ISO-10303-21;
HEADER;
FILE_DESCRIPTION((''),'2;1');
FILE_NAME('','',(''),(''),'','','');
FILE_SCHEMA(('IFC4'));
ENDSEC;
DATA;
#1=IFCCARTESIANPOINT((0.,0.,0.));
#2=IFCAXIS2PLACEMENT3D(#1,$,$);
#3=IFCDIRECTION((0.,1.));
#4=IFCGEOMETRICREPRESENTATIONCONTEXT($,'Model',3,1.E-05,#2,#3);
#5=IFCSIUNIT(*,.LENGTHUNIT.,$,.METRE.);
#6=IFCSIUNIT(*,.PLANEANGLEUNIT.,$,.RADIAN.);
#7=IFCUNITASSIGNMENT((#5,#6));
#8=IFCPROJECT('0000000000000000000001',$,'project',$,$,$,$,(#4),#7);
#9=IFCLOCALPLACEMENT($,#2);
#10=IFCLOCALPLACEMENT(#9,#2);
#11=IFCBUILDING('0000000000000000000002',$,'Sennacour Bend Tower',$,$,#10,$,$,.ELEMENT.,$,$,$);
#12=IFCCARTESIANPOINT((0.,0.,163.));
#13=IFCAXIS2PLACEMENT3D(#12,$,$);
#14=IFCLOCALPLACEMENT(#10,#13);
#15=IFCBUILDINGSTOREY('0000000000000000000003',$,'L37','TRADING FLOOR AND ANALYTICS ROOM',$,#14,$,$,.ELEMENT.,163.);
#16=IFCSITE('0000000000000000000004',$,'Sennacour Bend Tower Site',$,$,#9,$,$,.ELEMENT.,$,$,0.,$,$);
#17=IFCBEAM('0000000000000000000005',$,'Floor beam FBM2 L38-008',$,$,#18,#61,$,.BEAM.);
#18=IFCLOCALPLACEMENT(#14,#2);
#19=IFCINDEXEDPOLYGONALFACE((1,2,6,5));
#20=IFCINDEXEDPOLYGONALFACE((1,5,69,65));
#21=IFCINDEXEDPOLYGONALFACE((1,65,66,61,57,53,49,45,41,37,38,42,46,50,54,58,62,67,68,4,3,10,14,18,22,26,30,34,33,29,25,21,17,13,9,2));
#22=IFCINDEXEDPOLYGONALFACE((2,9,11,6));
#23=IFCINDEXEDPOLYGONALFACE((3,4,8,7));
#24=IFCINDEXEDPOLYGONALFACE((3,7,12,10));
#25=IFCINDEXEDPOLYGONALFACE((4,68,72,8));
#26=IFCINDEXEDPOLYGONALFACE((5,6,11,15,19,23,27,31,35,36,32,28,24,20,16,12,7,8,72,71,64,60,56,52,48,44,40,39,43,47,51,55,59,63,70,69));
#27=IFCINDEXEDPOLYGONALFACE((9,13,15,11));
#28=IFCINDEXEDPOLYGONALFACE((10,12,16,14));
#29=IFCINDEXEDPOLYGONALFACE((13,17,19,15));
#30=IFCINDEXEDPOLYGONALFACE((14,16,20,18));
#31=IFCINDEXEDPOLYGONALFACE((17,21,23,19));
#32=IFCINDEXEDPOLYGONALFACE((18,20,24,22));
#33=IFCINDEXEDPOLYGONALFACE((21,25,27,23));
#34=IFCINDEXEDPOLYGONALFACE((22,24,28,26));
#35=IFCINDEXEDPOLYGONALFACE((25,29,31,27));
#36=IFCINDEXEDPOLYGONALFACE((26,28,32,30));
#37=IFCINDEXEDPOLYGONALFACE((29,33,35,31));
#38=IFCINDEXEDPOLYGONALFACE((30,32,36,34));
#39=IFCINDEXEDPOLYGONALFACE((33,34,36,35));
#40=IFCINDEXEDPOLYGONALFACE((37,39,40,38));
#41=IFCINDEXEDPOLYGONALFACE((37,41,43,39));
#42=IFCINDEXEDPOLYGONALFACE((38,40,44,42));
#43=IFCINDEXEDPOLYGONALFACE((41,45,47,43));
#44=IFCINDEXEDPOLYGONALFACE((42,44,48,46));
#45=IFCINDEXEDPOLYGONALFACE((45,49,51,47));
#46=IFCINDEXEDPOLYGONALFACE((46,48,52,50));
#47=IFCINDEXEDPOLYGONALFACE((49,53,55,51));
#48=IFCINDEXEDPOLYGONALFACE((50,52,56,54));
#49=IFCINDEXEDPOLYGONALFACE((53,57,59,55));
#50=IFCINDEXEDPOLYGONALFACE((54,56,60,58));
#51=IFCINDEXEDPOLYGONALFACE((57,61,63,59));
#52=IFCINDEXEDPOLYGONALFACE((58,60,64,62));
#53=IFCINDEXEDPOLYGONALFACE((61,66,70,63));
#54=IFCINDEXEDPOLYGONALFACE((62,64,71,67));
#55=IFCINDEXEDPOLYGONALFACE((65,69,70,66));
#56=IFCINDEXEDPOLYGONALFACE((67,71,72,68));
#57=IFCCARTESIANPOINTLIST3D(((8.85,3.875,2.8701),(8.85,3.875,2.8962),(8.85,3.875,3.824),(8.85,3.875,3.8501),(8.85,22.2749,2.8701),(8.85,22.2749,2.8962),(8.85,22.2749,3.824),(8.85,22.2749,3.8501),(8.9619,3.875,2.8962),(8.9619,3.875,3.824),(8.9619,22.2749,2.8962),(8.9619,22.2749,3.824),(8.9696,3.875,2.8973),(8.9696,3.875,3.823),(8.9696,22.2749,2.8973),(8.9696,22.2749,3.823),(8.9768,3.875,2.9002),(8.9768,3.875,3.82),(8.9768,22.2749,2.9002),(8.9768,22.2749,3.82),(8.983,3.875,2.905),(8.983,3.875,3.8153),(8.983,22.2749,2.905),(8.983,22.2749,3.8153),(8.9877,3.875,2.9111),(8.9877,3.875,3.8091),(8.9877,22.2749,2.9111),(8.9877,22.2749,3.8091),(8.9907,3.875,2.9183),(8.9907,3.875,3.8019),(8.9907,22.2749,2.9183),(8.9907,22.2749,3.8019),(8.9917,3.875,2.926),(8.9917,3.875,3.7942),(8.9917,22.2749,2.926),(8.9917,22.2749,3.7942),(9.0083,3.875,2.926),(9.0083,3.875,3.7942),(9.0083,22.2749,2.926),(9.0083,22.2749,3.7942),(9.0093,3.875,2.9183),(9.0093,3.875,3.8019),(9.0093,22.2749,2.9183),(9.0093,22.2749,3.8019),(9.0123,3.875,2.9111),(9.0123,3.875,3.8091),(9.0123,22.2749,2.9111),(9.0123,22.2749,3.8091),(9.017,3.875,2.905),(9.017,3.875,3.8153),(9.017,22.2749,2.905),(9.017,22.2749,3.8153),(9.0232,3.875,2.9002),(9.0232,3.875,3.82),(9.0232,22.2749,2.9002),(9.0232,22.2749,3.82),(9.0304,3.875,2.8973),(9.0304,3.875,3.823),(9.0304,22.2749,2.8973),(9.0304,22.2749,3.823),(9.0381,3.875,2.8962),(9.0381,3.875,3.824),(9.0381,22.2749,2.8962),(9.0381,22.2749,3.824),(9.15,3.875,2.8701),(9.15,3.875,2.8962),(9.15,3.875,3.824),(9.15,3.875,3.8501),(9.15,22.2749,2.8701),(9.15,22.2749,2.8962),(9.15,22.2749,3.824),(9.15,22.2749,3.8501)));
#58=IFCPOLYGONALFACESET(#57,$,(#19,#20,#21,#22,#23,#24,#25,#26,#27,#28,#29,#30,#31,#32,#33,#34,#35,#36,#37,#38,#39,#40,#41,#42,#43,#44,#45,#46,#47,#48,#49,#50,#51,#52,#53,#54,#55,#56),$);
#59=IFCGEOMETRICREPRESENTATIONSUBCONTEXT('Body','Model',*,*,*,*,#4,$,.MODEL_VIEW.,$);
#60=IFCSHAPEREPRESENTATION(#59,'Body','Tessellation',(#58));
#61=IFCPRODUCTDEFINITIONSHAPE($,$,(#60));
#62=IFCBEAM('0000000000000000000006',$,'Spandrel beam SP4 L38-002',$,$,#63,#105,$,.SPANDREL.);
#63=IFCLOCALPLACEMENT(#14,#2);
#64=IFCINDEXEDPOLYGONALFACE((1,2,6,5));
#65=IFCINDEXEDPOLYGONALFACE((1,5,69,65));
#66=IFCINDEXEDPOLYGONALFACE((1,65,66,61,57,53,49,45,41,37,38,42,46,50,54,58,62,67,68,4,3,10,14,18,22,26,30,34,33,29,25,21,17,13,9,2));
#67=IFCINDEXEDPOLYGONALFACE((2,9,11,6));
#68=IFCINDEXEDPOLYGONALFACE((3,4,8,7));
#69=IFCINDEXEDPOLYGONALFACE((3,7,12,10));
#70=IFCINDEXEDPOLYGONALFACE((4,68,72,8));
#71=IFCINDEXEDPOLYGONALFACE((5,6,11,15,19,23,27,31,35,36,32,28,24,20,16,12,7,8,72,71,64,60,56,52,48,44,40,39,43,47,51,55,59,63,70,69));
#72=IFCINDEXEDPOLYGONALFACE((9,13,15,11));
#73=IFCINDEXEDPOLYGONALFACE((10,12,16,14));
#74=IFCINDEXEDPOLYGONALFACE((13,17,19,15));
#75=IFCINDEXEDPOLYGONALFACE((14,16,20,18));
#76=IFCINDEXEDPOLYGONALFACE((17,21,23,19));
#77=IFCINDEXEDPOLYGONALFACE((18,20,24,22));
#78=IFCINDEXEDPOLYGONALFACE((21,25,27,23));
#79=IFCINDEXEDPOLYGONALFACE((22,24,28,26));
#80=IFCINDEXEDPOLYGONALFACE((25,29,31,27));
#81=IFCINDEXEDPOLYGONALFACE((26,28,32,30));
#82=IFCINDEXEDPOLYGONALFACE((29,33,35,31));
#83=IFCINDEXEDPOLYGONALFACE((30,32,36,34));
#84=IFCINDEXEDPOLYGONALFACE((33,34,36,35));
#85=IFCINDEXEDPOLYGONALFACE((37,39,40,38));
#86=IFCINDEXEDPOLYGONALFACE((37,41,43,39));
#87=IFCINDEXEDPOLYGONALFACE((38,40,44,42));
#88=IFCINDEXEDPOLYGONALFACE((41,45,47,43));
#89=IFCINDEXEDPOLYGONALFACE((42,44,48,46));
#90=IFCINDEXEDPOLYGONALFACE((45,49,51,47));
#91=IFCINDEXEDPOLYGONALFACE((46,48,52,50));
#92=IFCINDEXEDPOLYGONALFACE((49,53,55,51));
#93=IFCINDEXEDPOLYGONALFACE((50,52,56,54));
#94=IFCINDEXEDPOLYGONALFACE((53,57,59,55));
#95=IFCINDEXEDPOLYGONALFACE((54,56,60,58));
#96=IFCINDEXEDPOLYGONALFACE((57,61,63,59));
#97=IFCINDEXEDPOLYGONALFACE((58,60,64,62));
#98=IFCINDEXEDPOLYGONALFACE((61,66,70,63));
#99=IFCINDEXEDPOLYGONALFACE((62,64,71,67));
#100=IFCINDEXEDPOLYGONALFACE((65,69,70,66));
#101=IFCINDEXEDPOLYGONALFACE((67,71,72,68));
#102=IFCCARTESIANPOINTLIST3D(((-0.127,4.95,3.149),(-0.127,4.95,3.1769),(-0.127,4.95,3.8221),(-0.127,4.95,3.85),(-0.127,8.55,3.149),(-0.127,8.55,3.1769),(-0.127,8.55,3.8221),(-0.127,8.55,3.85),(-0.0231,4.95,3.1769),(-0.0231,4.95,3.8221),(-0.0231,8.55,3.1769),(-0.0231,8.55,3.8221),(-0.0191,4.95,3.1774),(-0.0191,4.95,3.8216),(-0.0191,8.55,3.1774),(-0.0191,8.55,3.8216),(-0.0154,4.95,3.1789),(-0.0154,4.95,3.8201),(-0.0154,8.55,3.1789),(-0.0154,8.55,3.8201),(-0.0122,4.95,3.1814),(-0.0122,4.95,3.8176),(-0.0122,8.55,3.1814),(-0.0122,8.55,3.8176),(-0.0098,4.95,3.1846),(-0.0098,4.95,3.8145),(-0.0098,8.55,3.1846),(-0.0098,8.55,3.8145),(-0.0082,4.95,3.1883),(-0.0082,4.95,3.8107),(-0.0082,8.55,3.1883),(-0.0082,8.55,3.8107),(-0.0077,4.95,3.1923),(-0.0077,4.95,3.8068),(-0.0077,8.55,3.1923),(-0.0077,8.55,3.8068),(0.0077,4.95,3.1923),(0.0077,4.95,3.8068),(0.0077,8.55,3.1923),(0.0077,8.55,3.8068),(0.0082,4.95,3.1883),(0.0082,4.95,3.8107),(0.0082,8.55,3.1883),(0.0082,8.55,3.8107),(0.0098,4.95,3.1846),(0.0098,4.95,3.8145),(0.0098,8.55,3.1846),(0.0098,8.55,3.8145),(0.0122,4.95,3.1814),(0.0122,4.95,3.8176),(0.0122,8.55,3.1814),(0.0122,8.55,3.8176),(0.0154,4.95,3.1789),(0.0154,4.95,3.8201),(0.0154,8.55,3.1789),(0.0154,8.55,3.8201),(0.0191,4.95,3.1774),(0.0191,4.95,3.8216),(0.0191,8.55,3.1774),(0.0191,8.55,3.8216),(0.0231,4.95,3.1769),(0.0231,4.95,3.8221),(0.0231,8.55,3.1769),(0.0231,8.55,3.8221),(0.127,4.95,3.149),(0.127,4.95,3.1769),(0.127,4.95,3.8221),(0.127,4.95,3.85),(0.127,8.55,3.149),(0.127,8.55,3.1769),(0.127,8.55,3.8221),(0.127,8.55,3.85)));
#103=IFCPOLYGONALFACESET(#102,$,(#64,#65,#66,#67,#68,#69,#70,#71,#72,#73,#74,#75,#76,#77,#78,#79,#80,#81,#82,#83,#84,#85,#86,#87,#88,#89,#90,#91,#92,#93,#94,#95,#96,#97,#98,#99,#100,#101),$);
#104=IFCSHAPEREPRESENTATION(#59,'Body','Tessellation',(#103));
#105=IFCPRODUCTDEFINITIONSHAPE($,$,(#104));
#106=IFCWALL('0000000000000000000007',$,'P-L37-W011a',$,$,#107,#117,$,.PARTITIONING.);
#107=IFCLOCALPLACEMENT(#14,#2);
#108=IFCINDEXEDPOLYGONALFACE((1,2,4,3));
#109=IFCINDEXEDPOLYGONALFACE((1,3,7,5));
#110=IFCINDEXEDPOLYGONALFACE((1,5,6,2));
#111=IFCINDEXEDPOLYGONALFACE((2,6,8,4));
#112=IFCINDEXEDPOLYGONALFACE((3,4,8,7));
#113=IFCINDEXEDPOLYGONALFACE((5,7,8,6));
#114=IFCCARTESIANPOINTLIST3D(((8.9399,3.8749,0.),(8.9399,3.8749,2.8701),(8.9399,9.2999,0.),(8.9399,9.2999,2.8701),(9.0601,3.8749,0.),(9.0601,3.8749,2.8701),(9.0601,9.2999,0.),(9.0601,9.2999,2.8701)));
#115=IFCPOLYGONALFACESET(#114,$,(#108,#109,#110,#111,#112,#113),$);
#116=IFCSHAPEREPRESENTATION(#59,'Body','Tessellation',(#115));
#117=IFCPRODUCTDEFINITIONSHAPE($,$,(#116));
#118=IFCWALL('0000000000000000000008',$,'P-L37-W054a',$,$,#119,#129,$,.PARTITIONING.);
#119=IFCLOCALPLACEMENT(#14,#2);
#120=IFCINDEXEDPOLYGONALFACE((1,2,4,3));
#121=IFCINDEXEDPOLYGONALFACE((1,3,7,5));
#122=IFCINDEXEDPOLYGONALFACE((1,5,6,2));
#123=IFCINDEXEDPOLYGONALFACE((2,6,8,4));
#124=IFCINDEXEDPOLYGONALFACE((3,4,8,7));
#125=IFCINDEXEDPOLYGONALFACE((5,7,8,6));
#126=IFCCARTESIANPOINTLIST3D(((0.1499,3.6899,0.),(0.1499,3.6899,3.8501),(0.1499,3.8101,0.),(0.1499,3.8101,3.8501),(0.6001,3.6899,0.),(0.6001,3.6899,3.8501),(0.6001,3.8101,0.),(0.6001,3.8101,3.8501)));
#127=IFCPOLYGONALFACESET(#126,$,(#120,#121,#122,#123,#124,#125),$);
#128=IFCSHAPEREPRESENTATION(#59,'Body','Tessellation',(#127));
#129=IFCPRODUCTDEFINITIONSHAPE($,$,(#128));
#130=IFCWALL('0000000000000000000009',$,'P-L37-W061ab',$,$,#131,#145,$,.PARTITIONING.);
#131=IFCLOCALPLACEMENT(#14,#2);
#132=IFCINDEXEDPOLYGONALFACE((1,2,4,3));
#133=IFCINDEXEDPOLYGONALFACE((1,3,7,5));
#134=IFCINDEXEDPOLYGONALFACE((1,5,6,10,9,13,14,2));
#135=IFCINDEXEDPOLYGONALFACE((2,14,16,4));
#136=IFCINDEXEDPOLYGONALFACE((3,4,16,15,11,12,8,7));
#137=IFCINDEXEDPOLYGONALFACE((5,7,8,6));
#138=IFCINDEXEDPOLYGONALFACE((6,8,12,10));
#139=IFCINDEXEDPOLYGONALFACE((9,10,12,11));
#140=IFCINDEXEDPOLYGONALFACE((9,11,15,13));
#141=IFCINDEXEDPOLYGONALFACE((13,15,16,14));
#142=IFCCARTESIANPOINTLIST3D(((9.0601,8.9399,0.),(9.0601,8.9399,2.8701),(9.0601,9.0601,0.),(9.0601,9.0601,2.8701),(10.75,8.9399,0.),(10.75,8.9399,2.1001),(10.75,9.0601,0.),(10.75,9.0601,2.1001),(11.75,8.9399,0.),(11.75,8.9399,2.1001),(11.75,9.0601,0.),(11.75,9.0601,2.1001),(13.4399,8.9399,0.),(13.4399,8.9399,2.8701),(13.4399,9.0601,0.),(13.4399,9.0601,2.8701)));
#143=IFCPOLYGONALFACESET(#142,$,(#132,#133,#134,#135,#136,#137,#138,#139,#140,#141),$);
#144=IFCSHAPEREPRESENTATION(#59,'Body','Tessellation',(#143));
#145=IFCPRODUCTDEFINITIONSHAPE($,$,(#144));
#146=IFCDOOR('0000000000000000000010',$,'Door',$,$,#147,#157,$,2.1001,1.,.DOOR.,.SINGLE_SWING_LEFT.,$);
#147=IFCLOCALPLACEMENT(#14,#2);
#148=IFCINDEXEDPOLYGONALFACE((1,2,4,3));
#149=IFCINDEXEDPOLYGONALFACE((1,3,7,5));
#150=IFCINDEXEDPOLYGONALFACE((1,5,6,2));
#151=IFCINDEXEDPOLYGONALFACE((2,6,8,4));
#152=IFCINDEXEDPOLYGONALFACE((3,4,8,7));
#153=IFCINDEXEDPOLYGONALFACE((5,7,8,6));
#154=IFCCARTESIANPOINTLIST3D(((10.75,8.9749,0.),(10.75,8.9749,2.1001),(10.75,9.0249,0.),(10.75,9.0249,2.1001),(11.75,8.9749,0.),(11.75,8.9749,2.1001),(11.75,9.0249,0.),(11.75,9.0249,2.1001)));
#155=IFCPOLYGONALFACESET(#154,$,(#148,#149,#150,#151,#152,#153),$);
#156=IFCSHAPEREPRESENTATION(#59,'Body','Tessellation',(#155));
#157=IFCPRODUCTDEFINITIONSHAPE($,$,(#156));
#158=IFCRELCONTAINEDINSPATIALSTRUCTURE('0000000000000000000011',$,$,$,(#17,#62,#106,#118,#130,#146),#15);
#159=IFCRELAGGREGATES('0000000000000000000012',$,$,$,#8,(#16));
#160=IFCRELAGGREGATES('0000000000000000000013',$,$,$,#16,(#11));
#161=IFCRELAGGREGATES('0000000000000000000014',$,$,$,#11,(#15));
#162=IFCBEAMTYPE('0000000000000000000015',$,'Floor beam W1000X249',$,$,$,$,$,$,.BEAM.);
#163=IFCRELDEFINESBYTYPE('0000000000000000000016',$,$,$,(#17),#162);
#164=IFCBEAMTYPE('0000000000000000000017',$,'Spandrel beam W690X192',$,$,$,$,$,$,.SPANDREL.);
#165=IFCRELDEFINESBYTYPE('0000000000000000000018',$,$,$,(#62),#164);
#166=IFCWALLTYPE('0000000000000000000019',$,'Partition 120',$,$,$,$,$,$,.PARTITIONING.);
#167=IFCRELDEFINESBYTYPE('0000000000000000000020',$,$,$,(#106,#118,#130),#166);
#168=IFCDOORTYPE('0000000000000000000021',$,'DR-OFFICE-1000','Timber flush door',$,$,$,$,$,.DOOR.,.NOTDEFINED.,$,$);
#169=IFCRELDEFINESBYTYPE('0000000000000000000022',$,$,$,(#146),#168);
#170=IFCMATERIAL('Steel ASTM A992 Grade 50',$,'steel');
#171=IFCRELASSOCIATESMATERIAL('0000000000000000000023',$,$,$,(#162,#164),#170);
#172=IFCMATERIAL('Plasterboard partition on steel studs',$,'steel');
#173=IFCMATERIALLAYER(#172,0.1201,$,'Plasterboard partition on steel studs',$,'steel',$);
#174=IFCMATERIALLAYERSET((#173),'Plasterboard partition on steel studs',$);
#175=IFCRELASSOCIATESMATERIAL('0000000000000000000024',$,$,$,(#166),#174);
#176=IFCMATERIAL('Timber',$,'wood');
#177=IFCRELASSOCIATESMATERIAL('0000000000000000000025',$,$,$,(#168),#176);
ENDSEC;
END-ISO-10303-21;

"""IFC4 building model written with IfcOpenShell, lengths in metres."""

from ifc_helpers import new_model, si_unit, direction, frame, frame_2d, origin, origin_2d, place, context, subcontext, project, spatial, rectangle, i_section, extrude, material, layer, layer_set, material_profile, profile_set, type_object, element, fill, save


model = new_model("IFC4")

# Units and contexts
model_context = context("Model", 3, precision=1e-05, world=origin(), true_north=direction((0.0, 1.0)))
body_context = subcontext(model_context, "Body", "Model", "MODEL_VIEW")
ifc_project = project(units=[si_unit("LENGTHUNIT", "METRE"), si_unit("PLANEANGLEUNIT", "RADIAN")], contexts=[model_context])

# Site, building, storey
site_placement = place(None, origin())
site = spatial("IfcSite", under=ifc_project, at=site_placement, Name="Sennacour Bend Tower Site", CompositionType="ELEMENT", RefElevation=0.0)
building_placement = place(site_placement, origin())
building = spatial("IfcBuilding", under=site, at=building_placement, Name="Sennacour Bend Tower", CompositionType="ELEMENT")
storey_placement = place(building_placement, frame((0.0, 0.0, 163.0)))
storey = spatial("IfcBuildingStorey", under=building, at=storey_placement, Name="L37", Description="TRADING FLOOR AND ANALYTICS ROOM", CompositionType="ELEMENT", Elevation=163.0)

# Beams
ifc_material_1 = material(Name="Steel ASTM A992 Grade 50", Category="steel")
ifc_material_profile_1 = material_profile(ifc_material_1, i_section(OverallWidth=0.3, OverallDepth=0.98, WebThickness=0.0166, FlangeThickness=0.0261, FilletRadius=0.0298, at=origin_2d()), Name="Steel ASTM A992 Grade 50", Category="steel")
ifc_profile_set_1 = profile_set([ifc_material_profile_1], Name="Steel ASTM A992 Grade 50")
beam_type_1 = type_object("IfcBeamType", Name="Floor beam W1000X249", PredefinedType="BEAM", material=ifc_profile_set_1)
for number, where, z_axis, x_axis, name in (
    (1, (9.0, 3.875, 3.3601), (0.0, 1.0, 0.0), (-1.0, 0.0, 0.0), "Floor beam FBM2 L38-008"),
):
    element("IfcBeam", number, at=place(storey_placement, frame(where, z_axis=z_axis, x_axis=x_axis)), inside=storey, type_object=beam_type_1, Name=name, PredefinedType="BEAM", context=body_context, shape_type="SweptSolid", body=[
        extrude(i_section(OverallWidth=0.3, OverallDepth=0.98, WebThickness=0.0166, FlangeThickness=0.0261, FilletRadius=0.0298, at=origin_2d()), origin(), (0.0, 0.0, 1.0), 18.3999),
    ])
ifc_material_profile_2 = material_profile(ifc_material_1, i_section(OverallWidth=0.2539, OverallDepth=0.7009, WebThickness=0.0154, FlangeThickness=0.0278, FilletRadius=0.0154, at=origin_2d()), Name="Steel ASTM A992 Grade 50", Category="steel")
ifc_profile_set_2 = profile_set([ifc_material_profile_2], Name="Steel ASTM A992 Grade 50")
beam_type_2 = type_object("IfcBeamType", Name="Spandrel beam W690X192", PredefinedType="SPANDREL", material=ifc_profile_set_2)
beam_placement = place(storey_placement, frame((0.0, 4.95, 3.4995), z_axis=(0.0, 1.0, 0.0), x_axis=(-1.0, 0.0, 0.0)))
element("IfcBeam", 2, at=beam_placement, inside=storey, type_object=beam_type_2, Name="Spandrel beam SP4 L38-002", PredefinedType="SPANDREL", context=body_context, shape_type="SweptSolid", body=[
    extrude(i_section(OverallWidth=0.2539, OverallDepth=0.7009, WebThickness=0.0154, FlangeThickness=0.0278, FilletRadius=0.0154, at=origin_2d()), origin(), (0.0, 0.0, 1.0), 3.6001),
])

# Walls
ifc_material_2 = material(Name="Plasterboard partition on steel studs", Category="steel")
ifc_layer_1 = layer(ifc_material_2, 0.1201, Name="Plasterboard partition on steel studs", Category="steel")
ifc_layer_set_1 = layer_set([ifc_layer_1], Name="Plasterboard partition on steel studs")
wall_type_1 = type_object("IfcWallType", Name="Partition 120", PredefinedType="PARTITIONING", material=ifc_layer_set_1)
wall_1_placement = place(storey_placement, frame((9.0, 3.875, 0.0), z_axis=(0.0, 0.0, 1.0), x_axis=(0.0, 1.0, 0.0)))
element("IfcWall", 3, at=wall_1_placement, inside=storey, type_object=wall_type_1, Name="P-L37-W011a", PredefinedType="PARTITIONING", context=body_context, shape_type="SweptSolid", body=[
    extrude(rectangle(XDim=5.425, YDim=0.1201, at=frame_2d((2.7124, 0.0))), origin(), (0.0, 0.0, 1.0), 2.8701),
])
wall_2_placement = place(storey_placement, frame((0.1499, 3.75, 0.0), z_axis=(0.0, 0.0, 1.0), x_axis=(1.0, 0.0, 0.0)))
element("IfcWall", 4, at=wall_2_placement, inside=storey, type_object=wall_type_1, Name="P-L37-W054a", PredefinedType="PARTITIONING", context=body_context, shape_type="SweptSolid", body=[
    extrude(rectangle(XDim=0.4502, YDim=0.1201, at=frame_2d((0.2251, 0.0))), origin(), (0.0, 0.0, 1.0), 3.8501),
])

# Wall, opening, door
wall_3_placement = place(storey_placement, frame((9.0601, 9.0, 0.0), z_axis=(0.0, 0.0, 1.0), x_axis=(1.0, 0.0, 0.0)))
wall_3 = element("IfcWall", 5, at=wall_3_placement, inside=storey, type_object=wall_type_1, Name="P-L37-W061ab", PredefinedType="PARTITIONING", context=body_context, shape_type="SweptSolid", body=[
    extrude(rectangle(XDim=4.3799, YDim=0.1201, at=frame_2d((2.1899, 0.0))), origin(), (0.0, 0.0, 1.0), 2.8701),
])
opening_1_placement = place(wall_3_placement, frame((1.6899, 0.0, 0.0)))
opening_1 = element("IfcOpeningElement", 6, at=opening_1_placement, cuts=wall_3, PredefinedType="OPENING", context=body_context, shape_type="SweptSolid", body=[
    extrude(rectangle(XDim=1.0, YDim=2.1001, at=frame_2d((0.5, 1.05))), frame((0.0, 0.0701, 0.0), z_axis=(0.0, -1.0, 0.0), x_axis=(1.0, 0.0, 0.0)), (0.0, 0.0, 1.0), 0.1401),
])
ifc_material_3 = material(Name="Timber", Category="wood")
door_type_1 = type_object("IfcDoorType", Name="DR-OFFICE-1000", Description="Timber flush door", OperationType="NOTDEFINED", PredefinedType="DOOR", material=ifc_material_3)
door_1_placement = place(opening_1_placement, origin())
door_1 = element("IfcDoor", 7, at=door_1_placement, inside=storey, type_object=door_type_1, Name="Door", OperationType="SINGLE_SWING_LEFT", OverallHeight=2.1001, OverallWidth=1.0, PredefinedType="DOOR", context=body_context, shape_type="SweptSolid", body=[
    extrude(rectangle(XDim=1.0, YDim=2.1001, at=frame_2d((0.5, 1.05))), frame((0.0, 0.0249, 0.0), z_axis=(0.0, -1.0, 0.0), x_axis=(1.0, 0.0, 0.0)), (0.0, 0.0, 1.0), 0.05),
])
fill(opening_1, door_1)

save(model, "model.ifc")
